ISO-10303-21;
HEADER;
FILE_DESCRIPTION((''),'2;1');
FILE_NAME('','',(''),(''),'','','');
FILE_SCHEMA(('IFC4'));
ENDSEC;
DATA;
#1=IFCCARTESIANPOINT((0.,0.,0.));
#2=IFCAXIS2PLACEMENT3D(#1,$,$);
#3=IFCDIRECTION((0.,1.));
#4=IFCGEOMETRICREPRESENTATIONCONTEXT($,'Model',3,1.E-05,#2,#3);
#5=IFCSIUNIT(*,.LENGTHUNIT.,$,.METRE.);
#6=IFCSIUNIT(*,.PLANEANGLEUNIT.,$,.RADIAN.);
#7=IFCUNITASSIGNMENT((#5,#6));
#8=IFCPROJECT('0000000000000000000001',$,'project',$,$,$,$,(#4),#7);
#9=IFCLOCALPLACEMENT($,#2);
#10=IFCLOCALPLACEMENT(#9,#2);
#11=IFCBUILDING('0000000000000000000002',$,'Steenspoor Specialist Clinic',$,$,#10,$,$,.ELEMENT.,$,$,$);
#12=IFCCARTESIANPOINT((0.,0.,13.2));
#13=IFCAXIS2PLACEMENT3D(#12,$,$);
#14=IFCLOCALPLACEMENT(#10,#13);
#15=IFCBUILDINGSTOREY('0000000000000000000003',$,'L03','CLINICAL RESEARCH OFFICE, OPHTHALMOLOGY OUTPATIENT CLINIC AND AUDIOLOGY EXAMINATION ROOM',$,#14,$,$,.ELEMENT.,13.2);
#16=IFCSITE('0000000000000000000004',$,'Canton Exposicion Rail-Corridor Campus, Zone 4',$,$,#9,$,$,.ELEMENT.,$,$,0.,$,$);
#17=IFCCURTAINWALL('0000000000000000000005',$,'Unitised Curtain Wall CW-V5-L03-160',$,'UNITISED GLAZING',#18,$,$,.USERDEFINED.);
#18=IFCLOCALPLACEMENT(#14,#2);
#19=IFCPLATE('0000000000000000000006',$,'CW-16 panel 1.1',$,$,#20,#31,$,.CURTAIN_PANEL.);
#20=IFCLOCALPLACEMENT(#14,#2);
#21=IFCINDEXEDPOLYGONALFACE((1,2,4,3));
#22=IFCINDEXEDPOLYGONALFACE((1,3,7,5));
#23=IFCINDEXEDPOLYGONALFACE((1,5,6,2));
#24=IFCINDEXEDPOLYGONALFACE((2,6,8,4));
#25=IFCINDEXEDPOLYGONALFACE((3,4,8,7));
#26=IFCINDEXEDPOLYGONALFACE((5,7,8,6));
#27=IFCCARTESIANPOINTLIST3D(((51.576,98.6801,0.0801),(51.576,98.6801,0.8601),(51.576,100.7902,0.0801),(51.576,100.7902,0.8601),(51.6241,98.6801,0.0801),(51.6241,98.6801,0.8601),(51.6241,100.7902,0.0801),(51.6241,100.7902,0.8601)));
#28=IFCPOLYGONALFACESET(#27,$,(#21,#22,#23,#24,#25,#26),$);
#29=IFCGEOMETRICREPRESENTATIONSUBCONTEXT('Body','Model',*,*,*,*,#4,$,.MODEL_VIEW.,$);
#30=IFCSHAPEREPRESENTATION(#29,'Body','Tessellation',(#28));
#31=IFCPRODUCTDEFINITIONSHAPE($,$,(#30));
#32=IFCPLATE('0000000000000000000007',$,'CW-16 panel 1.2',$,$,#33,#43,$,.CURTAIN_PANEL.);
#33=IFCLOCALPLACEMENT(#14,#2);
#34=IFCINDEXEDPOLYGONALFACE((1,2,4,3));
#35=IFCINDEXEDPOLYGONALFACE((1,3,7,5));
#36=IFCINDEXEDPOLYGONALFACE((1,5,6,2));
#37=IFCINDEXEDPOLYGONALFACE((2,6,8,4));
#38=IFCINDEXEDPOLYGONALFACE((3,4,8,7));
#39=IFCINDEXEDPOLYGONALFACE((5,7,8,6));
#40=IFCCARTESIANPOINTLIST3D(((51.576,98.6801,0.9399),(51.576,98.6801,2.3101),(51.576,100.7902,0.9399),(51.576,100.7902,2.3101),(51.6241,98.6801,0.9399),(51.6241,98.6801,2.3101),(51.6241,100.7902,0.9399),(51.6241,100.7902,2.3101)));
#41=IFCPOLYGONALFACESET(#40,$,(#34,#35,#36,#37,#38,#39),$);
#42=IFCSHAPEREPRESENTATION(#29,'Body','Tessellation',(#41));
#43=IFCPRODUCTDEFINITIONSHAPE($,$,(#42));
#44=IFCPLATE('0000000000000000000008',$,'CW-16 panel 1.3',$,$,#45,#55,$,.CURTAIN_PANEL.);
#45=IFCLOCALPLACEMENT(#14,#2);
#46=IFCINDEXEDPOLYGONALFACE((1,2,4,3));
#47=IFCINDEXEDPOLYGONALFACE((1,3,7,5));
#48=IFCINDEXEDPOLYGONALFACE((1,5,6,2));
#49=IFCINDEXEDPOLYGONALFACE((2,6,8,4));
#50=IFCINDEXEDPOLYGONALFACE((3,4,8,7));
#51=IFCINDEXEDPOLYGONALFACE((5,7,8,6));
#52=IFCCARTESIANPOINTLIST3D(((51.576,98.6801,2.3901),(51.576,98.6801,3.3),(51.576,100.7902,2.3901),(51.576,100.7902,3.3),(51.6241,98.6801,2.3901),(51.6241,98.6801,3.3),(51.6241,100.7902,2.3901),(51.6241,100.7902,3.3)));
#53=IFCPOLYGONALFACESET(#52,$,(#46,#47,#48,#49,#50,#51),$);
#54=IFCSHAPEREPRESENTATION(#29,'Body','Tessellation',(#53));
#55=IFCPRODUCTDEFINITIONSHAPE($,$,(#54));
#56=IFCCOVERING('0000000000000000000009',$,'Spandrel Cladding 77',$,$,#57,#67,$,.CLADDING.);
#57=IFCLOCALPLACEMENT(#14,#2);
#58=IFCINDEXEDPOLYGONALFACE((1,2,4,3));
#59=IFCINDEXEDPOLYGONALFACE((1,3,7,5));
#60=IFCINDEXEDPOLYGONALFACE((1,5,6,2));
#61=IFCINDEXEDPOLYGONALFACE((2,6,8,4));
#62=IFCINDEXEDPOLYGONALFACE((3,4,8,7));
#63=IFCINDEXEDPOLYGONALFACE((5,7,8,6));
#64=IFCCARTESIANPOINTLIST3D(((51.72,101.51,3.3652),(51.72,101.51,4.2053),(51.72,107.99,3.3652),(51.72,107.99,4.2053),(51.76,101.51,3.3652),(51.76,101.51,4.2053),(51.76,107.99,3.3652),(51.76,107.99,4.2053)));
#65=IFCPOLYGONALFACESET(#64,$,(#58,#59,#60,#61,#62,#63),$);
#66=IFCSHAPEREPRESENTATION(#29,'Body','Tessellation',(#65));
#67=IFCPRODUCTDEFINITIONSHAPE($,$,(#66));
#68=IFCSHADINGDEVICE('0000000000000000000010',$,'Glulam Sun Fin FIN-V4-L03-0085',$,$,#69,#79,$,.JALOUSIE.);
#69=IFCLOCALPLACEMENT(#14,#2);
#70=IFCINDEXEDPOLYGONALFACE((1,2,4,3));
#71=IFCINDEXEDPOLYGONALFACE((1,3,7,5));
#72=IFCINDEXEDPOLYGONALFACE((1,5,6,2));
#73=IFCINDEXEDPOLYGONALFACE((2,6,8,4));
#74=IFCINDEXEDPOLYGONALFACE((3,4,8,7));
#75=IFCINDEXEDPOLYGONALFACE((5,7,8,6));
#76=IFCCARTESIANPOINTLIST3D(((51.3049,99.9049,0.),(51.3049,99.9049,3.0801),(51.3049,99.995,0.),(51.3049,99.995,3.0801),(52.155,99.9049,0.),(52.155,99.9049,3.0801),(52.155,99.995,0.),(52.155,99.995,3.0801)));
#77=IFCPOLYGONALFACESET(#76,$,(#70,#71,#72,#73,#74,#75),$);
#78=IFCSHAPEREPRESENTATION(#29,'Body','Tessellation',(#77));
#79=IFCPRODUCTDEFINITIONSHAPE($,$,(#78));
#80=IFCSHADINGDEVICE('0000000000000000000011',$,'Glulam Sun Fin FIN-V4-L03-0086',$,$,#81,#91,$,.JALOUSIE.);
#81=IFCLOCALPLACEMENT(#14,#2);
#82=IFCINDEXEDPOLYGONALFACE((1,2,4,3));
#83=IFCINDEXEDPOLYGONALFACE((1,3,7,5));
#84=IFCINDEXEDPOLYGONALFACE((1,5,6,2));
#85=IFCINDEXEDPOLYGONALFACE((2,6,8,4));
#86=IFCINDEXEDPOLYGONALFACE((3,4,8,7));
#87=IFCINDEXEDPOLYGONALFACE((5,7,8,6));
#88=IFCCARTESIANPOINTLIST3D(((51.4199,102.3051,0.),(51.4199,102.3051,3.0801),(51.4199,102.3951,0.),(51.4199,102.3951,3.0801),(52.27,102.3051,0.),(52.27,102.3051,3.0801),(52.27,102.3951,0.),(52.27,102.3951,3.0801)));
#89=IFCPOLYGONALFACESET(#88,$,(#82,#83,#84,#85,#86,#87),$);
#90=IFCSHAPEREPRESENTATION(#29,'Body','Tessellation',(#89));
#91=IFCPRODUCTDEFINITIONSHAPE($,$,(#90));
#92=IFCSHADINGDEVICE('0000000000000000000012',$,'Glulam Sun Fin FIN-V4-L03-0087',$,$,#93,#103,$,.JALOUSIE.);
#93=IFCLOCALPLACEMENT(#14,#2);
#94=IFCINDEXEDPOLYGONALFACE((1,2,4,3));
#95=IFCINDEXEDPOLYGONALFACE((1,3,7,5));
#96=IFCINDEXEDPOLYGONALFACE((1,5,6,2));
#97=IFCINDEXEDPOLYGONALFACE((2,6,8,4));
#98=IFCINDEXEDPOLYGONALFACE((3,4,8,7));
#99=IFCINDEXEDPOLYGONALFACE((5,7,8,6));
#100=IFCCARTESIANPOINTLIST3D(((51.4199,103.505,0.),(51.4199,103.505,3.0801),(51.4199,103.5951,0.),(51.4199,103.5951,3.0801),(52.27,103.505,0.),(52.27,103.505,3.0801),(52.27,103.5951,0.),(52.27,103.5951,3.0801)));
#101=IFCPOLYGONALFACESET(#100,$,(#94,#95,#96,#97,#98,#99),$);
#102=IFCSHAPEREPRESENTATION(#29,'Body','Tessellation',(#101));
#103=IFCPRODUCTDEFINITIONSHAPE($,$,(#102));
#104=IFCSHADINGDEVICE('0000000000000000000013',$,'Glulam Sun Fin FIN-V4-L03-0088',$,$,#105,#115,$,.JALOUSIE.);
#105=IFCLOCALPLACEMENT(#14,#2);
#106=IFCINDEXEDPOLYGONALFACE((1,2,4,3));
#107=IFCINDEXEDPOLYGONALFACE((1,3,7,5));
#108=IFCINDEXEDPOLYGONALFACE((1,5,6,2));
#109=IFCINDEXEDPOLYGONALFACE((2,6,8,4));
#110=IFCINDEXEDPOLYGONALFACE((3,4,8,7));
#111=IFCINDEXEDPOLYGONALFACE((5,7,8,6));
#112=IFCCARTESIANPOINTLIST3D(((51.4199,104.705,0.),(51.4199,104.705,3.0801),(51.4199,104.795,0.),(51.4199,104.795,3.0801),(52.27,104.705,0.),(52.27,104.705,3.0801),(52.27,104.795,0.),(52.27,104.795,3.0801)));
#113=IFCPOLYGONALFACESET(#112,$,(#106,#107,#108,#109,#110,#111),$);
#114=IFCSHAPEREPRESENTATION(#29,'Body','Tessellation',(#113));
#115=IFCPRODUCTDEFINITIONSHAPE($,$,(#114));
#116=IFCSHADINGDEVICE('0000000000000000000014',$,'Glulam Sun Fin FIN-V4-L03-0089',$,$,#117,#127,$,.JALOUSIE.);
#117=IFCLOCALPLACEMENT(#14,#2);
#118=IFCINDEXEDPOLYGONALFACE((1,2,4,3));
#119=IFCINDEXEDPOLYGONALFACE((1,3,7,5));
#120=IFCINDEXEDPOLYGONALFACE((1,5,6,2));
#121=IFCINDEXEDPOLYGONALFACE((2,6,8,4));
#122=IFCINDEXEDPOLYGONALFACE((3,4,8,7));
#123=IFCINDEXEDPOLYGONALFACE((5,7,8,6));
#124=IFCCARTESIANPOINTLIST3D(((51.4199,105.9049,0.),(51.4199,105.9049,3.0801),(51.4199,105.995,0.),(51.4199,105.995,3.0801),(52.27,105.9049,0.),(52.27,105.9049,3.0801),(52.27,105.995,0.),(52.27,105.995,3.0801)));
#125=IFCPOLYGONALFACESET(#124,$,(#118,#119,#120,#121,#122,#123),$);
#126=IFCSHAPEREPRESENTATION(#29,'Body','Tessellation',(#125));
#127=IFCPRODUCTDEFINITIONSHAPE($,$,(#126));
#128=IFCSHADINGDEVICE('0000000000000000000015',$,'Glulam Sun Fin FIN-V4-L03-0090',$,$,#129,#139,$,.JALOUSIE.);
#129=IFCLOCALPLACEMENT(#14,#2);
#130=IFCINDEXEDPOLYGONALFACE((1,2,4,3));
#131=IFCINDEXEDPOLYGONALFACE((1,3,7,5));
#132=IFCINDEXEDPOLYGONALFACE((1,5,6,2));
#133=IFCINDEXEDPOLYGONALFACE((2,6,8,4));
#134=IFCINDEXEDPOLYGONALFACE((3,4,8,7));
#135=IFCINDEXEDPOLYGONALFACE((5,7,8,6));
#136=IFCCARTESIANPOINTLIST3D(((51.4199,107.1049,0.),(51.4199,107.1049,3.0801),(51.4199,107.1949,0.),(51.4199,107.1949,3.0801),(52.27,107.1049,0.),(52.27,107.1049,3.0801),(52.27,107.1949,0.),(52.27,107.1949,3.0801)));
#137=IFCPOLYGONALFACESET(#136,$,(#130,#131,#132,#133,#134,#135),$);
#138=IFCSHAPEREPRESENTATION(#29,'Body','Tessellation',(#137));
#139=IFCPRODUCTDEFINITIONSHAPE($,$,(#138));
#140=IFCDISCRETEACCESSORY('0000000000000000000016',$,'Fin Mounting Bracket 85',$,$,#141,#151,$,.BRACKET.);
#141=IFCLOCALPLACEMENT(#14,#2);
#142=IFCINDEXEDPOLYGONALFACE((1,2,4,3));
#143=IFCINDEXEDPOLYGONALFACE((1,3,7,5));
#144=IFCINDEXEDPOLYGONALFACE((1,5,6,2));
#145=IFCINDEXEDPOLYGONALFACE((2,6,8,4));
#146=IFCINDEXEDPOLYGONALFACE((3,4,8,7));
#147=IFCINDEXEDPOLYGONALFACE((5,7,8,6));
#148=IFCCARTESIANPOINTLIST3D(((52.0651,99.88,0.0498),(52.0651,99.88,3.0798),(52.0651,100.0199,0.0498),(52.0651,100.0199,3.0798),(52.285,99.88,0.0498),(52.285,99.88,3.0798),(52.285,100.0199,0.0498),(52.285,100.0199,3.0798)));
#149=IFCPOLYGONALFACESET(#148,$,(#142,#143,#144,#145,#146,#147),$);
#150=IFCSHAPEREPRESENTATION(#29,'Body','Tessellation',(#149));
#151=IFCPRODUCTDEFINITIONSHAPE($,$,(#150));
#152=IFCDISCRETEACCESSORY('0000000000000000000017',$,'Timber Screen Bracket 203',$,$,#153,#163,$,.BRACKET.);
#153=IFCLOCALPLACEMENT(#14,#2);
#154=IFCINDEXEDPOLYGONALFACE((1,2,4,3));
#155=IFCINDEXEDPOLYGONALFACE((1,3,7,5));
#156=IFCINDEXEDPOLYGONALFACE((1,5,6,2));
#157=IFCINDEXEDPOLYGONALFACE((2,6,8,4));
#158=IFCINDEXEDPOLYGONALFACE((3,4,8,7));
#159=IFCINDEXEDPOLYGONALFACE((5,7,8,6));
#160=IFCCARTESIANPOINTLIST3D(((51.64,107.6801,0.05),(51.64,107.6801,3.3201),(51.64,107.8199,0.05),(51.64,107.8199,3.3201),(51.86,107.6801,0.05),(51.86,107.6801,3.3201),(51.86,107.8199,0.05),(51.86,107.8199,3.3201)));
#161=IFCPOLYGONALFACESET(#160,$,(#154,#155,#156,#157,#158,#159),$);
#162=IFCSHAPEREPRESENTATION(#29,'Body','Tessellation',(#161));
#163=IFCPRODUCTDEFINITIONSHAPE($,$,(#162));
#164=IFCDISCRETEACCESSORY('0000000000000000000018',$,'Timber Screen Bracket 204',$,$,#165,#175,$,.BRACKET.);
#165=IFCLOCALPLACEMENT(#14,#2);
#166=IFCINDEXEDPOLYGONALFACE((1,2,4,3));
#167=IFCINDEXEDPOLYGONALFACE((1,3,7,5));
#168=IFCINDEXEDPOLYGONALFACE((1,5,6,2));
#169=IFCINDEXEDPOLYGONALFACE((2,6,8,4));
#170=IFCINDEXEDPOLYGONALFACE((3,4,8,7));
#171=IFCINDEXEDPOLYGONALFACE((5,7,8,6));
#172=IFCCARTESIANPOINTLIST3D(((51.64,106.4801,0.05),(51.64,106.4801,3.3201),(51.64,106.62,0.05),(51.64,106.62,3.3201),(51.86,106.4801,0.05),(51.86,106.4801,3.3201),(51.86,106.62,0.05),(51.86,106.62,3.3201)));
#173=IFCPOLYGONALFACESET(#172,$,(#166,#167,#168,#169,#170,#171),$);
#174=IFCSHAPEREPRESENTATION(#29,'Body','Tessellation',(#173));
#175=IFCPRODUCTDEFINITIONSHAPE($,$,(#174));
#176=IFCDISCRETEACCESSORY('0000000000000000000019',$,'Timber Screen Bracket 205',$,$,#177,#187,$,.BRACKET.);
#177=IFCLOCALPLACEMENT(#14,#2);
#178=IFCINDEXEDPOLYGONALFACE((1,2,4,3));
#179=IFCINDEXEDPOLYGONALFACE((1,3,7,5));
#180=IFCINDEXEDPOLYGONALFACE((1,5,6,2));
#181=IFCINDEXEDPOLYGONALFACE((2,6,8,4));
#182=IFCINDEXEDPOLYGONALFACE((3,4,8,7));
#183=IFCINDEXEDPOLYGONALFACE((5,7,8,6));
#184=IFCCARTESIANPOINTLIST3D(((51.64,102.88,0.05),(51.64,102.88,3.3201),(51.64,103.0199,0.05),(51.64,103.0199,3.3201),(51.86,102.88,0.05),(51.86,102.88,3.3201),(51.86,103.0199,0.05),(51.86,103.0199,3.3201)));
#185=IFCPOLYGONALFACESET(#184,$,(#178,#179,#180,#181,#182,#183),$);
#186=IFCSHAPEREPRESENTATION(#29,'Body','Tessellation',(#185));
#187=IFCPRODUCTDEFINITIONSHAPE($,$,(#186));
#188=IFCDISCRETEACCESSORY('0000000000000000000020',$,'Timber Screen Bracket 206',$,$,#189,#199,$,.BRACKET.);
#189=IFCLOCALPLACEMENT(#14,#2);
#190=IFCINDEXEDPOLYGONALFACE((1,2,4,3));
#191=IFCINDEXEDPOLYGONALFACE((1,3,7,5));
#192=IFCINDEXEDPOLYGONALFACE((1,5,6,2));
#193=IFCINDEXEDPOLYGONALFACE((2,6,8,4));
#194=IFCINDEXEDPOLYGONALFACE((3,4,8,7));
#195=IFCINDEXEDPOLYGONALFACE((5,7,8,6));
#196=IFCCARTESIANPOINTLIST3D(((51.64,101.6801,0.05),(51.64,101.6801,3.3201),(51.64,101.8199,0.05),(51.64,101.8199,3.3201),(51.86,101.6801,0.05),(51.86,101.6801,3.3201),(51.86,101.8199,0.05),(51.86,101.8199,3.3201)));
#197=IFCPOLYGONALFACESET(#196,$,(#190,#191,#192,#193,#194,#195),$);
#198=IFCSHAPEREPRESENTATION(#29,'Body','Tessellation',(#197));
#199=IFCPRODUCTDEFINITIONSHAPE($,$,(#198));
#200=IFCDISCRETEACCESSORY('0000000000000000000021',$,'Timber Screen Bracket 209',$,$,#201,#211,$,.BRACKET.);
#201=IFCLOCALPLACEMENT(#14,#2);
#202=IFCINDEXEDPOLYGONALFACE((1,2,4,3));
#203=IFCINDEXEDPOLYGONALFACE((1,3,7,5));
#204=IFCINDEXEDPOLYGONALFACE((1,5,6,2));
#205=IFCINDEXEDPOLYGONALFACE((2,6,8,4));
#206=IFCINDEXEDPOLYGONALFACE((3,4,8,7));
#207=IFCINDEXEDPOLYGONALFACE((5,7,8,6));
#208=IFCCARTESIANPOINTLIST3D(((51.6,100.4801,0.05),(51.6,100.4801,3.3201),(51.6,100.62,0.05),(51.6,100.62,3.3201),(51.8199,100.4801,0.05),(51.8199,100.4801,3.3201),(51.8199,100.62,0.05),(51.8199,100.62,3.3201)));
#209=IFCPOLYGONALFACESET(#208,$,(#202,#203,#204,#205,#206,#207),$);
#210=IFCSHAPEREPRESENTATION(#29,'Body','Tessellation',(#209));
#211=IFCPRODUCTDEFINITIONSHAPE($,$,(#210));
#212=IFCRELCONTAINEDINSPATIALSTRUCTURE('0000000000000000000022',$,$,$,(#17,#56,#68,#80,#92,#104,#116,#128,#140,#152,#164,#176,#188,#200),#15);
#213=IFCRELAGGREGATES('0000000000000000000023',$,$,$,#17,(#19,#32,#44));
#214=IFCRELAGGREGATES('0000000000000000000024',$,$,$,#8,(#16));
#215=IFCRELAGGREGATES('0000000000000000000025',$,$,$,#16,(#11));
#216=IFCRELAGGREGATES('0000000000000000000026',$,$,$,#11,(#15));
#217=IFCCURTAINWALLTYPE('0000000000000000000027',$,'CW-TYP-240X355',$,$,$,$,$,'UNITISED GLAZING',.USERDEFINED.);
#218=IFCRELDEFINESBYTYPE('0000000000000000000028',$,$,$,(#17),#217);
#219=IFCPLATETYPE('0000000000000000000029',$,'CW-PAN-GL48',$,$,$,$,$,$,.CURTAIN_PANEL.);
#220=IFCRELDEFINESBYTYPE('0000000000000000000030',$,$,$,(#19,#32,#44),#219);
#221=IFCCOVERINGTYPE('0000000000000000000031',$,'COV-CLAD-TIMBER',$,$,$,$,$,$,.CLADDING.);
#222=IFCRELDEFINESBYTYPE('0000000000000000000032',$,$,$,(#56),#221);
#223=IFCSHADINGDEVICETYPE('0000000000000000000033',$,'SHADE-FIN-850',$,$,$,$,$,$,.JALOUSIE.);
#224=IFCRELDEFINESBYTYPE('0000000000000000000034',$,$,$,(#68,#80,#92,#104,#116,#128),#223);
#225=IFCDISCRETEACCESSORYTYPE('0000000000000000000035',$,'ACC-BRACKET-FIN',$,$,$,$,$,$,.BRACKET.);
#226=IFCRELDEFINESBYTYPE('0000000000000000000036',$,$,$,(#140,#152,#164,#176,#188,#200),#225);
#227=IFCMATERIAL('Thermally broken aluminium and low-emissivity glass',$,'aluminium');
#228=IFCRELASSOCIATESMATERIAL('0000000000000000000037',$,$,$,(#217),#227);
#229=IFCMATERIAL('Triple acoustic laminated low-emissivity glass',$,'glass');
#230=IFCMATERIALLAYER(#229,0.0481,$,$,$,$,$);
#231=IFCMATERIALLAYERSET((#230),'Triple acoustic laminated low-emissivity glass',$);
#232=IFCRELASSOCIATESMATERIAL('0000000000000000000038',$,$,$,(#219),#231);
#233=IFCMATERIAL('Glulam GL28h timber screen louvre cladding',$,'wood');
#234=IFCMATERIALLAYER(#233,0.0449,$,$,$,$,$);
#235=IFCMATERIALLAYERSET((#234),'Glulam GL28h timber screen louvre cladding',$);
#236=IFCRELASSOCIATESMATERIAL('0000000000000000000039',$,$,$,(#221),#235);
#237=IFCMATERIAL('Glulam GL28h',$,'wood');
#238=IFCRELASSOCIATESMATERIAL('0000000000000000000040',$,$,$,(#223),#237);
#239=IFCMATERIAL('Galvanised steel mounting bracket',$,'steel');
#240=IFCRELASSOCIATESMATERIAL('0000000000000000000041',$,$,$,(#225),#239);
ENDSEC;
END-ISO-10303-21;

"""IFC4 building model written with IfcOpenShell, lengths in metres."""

from ifc_helpers import new_model, si_unit, direction, frame, origin, origin_2d, place, context, subcontext, project, spatial, rectangle, extrude, material, layer, layer_set, material_profile, profile_set, type_object, element, aggregate, save


model = new_model("IFC4")

# Units and contexts
model_context = context("Model", 3, precision=1e-05, world=origin(), true_north=direction((0.0, 1.0)))
body_context = subcontext(model_context, "Body", "Model", "MODEL_VIEW")
ifc_project = project(units=[si_unit("LENGTHUNIT", "METRE"), si_unit("PLANEANGLEUNIT", "RADIAN")], contexts=[model_context])

# Site, building, storey
site_placement = place(None, origin())
site = spatial("IfcSite", under=ifc_project, at=site_placement, Name="Canton Exposicion Rail-Corridor Campus, Zone 4", CompositionType="ELEMENT", RefElevation=0.0)
building_placement = place(site_placement, origin())
building = spatial("IfcBuilding", under=site, at=building_placement, Name="Steenspoor Specialist Clinic", CompositionType="ELEMENT")
storey_placement = place(building_placement, frame((0.0, 0.0, 13.2)))
storey = spatial("IfcBuildingStorey", under=building, at=storey_placement, Name="L03", Description="CLINICAL RESEARCH OFFICE, OPHTHALMOLOGY OUTPATIENT CLINIC AND AUDIOLOGY EXAMINATION ROOM", CompositionType="ELEMENT", Elevation=13.2)

# Shared definitions
ifc_material_1 = material(Name="Glulam GL28h", Category="wood")

# Curtain wall
ifc_material_2 = material(Name="Thermally broken aluminium and low-emissivity glass", Category="aluminium")
curtain_wall_type = type_object("IfcCurtainWallType", Name="CW-TYP-240X355", ElementType="UNITISED GLAZING", PredefinedType="USERDEFINED", material=ifc_material_2)
curtain_wall_placement = place(storey_placement, origin())
curtain_wall = element("IfcCurtainWall", 1, at=curtain_wall_placement, inside=storey, type_object=curtain_wall_type, Name="Unitised Curtain Wall CW-V5-L03-160", ObjectType="UNITISED GLAZING", PredefinedType="USERDEFINED")

# Plates
ifc_material_3 = material(Name="Triple acoustic laminated low-emissivity glass", Category="glass")
ifc_layer_1 = layer(ifc_material_3, 0.0481)
ifc_layer_set_1 = layer_set([ifc_layer_1], Name="Triple acoustic laminated low-emissivity glass")
plate_type = type_object("IfcPlateType", Name="CW-PAN-GL48", PredefinedType="CURTAIN_PANEL", material=ifc_layer_set_1)
plate_1_placement = place(storey_placement, frame((51.6001, 99.7351, 0.0801), z_axis=(0.0, 0.0, 1.0), x_axis=(0.0, -1.0, 0.0)))
plate_1 = element("IfcPlate", 2, at=plate_1_placement, type_object=plate_type, Name="CW-16 panel 1.1", PredefinedType="CURTAIN_PANEL", context=body_context, shape_type="SweptSolid", body=[
    extrude(rectangle(XDim=2.1101, YDim=0.0481, at=origin_2d()), origin(), (0.0, 0.0, 1.0), 0.78),
])
plate_2_placement = place(storey_placement, frame((51.6001, 99.7351, 0.9399), z_axis=(0.0, 0.0, 1.0), x_axis=(0.0, -1.0, 0.0)))
plate_2 = element("IfcPlate", 3, at=plate_2_placement, type_object=plate_type, Name="CW-16 panel 1.2", PredefinedType="CURTAIN_PANEL", context=body_context, shape_type="SweptSolid", body=[
    extrude(rectangle(XDim=2.1101, YDim=0.0481, at=origin_2d()), origin(), (0.0, 0.0, 1.0), 1.3701),
])
plate_3_placement = place(storey_placement, frame((51.6001, 99.7351, 2.3901), z_axis=(0.0, 0.0, 1.0), x_axis=(0.0, -1.0, 0.0)))
plate_3 = element("IfcPlate", 4, at=plate_3_placement, type_object=plate_type, Name="CW-16 panel 1.3", PredefinedType="CURTAIN_PANEL", context=body_context, shape_type="SweptSolid", body=[
    extrude(rectangle(XDim=2.1101, YDim=0.0481, at=origin_2d()), origin(), (0.0, 0.0, 1.0), 0.9099),
])
aggregate(curtain_wall, [plate_1, plate_2, plate_3])

# Covering
ifc_material_4 = material(Name="Glulam GL28h timber screen louvre cladding", Category="wood")
ifc_layer_2 = layer(ifc_material_4, 0.0449)
ifc_layer_set_2 = layer_set([ifc_layer_2], Name="Glulam GL28h timber screen louvre cladding")
covering_type = type_object("IfcCoveringType", Name="COV-CLAD-TIMBER", PredefinedType="CLADDING", material=ifc_layer_set_2)
covering_placement = place(storey_placement, frame((51.74, 104.75, 3.3652), z_axis=(0.0, 0.0, 1.0), x_axis=(0.0, -1.0, 0.0)))
element("IfcCovering", 5, at=covering_placement, inside=storey, type_object=covering_type, Name="Spandrel Cladding 77", PredefinedType="CLADDING", context=body_context, shape_type="SweptSolid", body=[
    extrude(rectangle(XDim=6.48, YDim=0.04, at=origin_2d()), origin(), (0.0, 0.0, 1.0), 0.8401),
])

# Shading devices
ifc_material_profile_1 = material_profile(ifc_material_1, rectangle(XDim=0.0901, YDim=0.8501, at=origin_2d()), Name="GL28H-90X850")
ifc_profile_set_1 = profile_set([ifc_material_profile_1], Name="Glulam GL28h")
shading_device_type = type_object("IfcShadingDeviceType", Name="SHADE-FIN-850", PredefinedType="JALOUSIE", material=ifc_profile_set_1)
for number, where, z_axis, x_axis, name in (
    (6, (51.73, 99.95, 0.0), (0.0, 0.0, 1.0), (0.0, 1.0, 0.0), "Glulam Sun Fin FIN-V4-L03-0085"),
    (7, (51.845, 102.3501, 0.0), (0.0, 0.0, 1.0), (0.0, 1.0, 0.0), "Glulam Sun Fin FIN-V4-L03-0086"),
    (8, (51.845, 103.55, 0.0), (0.0, 0.0, 1.0), (0.0, 1.0, 0.0), "Glulam Sun Fin FIN-V4-L03-0087"),
    (9, (51.845, 104.75, 0.0), (0.0, 0.0, 1.0), (0.0, 1.0, 0.0), "Glulam Sun Fin FIN-V4-L03-0088"),
    (10, (51.845, 105.95, 0.0), (0.0, 0.0, 1.0), (0.0, 1.0, 0.0), "Glulam Sun Fin FIN-V4-L03-0089"),
    (11, (51.845, 107.1499, 0.0), (0.0, 0.0, 1.0), (0.0, 1.0, 0.0), "Glulam Sun Fin FIN-V4-L03-0090"),
):
    element("IfcShadingDevice", number, at=place(storey_placement, frame(where, z_axis=z_axis, x_axis=x_axis)), inside=storey, type_object=shading_device_type, Name=name, PredefinedType="JALOUSIE", context=body_context, shape_type="SweptSolid", body=[
        extrude(rectangle(XDim=0.0901, YDim=0.8501, at=origin_2d()), origin(), (0.0, 0.0, 1.0), 3.0801),
    ])

# Discrete accessories
ifc_material_5 = material(Name="Galvanised steel mounting bracket", Category="steel")
discrete_accessory_type = type_object("IfcDiscreteAccessoryType", Name="ACC-BRACKET-FIN", PredefinedType="BRACKET", material=ifc_material_5)
discrete_accessory_placement = place(storey_placement, frame((52.175, 99.95, 0.0498), z_axis=(0.0, 0.0, 1.0), x_axis=(-1.0, 0.0, 0.0)))
element("IfcDiscreteAccessory", 12, at=discrete_accessory_placement, inside=storey, type_object=discrete_accessory_type, Name="Fin Mounting Bracket 85", PredefinedType="BRACKET", context=body_context, shape_type="SweptSolid", body=[
    extrude(rectangle(XDim=0.22, YDim=0.1399, at=origin_2d()), origin(), (0.0, 0.0, 1.0), 3.03),
])
for number, where, z_axis, x_axis, name in (
    (13, (51.75, 107.75, 0.05), (0.0, 0.0, 1.0), (1.0, 0.0, 0.0), "Timber Screen Bracket 203"),
    (14, (51.75, 106.55, 0.05), (0.0, 0.0, 1.0), (1.0, 0.0, 0.0), "Timber Screen Bracket 204"),
    (15, (51.75, 102.95, 0.05), (0.0, 0.0, 1.0), (1.0, 0.0, 0.0), "Timber Screen Bracket 205"),
    (16, (51.75, 101.75, 0.05), (0.0, 0.0, 1.0), (1.0, 0.0, 0.0), "Timber Screen Bracket 206"),
    (17, (51.71, 100.55, 0.05), (0.0, 0.0, 1.0), (1.0, 0.0, 0.0), "Timber Screen Bracket 209"),
):
    element("IfcDiscreteAccessory", number, at=place(storey_placement, frame(where, z_axis=z_axis, x_axis=x_axis)), inside=storey, type_object=discrete_accessory_type, Name=name, PredefinedType="BRACKET", context=body_context, shape_type="SweptSolid", body=[
        extrude(rectangle(XDim=0.22, YDim=0.1399, at=origin_2d()), origin(), (0.0, 0.0, 1.0), 3.27),
    ])

save(model, "model.ifc")
